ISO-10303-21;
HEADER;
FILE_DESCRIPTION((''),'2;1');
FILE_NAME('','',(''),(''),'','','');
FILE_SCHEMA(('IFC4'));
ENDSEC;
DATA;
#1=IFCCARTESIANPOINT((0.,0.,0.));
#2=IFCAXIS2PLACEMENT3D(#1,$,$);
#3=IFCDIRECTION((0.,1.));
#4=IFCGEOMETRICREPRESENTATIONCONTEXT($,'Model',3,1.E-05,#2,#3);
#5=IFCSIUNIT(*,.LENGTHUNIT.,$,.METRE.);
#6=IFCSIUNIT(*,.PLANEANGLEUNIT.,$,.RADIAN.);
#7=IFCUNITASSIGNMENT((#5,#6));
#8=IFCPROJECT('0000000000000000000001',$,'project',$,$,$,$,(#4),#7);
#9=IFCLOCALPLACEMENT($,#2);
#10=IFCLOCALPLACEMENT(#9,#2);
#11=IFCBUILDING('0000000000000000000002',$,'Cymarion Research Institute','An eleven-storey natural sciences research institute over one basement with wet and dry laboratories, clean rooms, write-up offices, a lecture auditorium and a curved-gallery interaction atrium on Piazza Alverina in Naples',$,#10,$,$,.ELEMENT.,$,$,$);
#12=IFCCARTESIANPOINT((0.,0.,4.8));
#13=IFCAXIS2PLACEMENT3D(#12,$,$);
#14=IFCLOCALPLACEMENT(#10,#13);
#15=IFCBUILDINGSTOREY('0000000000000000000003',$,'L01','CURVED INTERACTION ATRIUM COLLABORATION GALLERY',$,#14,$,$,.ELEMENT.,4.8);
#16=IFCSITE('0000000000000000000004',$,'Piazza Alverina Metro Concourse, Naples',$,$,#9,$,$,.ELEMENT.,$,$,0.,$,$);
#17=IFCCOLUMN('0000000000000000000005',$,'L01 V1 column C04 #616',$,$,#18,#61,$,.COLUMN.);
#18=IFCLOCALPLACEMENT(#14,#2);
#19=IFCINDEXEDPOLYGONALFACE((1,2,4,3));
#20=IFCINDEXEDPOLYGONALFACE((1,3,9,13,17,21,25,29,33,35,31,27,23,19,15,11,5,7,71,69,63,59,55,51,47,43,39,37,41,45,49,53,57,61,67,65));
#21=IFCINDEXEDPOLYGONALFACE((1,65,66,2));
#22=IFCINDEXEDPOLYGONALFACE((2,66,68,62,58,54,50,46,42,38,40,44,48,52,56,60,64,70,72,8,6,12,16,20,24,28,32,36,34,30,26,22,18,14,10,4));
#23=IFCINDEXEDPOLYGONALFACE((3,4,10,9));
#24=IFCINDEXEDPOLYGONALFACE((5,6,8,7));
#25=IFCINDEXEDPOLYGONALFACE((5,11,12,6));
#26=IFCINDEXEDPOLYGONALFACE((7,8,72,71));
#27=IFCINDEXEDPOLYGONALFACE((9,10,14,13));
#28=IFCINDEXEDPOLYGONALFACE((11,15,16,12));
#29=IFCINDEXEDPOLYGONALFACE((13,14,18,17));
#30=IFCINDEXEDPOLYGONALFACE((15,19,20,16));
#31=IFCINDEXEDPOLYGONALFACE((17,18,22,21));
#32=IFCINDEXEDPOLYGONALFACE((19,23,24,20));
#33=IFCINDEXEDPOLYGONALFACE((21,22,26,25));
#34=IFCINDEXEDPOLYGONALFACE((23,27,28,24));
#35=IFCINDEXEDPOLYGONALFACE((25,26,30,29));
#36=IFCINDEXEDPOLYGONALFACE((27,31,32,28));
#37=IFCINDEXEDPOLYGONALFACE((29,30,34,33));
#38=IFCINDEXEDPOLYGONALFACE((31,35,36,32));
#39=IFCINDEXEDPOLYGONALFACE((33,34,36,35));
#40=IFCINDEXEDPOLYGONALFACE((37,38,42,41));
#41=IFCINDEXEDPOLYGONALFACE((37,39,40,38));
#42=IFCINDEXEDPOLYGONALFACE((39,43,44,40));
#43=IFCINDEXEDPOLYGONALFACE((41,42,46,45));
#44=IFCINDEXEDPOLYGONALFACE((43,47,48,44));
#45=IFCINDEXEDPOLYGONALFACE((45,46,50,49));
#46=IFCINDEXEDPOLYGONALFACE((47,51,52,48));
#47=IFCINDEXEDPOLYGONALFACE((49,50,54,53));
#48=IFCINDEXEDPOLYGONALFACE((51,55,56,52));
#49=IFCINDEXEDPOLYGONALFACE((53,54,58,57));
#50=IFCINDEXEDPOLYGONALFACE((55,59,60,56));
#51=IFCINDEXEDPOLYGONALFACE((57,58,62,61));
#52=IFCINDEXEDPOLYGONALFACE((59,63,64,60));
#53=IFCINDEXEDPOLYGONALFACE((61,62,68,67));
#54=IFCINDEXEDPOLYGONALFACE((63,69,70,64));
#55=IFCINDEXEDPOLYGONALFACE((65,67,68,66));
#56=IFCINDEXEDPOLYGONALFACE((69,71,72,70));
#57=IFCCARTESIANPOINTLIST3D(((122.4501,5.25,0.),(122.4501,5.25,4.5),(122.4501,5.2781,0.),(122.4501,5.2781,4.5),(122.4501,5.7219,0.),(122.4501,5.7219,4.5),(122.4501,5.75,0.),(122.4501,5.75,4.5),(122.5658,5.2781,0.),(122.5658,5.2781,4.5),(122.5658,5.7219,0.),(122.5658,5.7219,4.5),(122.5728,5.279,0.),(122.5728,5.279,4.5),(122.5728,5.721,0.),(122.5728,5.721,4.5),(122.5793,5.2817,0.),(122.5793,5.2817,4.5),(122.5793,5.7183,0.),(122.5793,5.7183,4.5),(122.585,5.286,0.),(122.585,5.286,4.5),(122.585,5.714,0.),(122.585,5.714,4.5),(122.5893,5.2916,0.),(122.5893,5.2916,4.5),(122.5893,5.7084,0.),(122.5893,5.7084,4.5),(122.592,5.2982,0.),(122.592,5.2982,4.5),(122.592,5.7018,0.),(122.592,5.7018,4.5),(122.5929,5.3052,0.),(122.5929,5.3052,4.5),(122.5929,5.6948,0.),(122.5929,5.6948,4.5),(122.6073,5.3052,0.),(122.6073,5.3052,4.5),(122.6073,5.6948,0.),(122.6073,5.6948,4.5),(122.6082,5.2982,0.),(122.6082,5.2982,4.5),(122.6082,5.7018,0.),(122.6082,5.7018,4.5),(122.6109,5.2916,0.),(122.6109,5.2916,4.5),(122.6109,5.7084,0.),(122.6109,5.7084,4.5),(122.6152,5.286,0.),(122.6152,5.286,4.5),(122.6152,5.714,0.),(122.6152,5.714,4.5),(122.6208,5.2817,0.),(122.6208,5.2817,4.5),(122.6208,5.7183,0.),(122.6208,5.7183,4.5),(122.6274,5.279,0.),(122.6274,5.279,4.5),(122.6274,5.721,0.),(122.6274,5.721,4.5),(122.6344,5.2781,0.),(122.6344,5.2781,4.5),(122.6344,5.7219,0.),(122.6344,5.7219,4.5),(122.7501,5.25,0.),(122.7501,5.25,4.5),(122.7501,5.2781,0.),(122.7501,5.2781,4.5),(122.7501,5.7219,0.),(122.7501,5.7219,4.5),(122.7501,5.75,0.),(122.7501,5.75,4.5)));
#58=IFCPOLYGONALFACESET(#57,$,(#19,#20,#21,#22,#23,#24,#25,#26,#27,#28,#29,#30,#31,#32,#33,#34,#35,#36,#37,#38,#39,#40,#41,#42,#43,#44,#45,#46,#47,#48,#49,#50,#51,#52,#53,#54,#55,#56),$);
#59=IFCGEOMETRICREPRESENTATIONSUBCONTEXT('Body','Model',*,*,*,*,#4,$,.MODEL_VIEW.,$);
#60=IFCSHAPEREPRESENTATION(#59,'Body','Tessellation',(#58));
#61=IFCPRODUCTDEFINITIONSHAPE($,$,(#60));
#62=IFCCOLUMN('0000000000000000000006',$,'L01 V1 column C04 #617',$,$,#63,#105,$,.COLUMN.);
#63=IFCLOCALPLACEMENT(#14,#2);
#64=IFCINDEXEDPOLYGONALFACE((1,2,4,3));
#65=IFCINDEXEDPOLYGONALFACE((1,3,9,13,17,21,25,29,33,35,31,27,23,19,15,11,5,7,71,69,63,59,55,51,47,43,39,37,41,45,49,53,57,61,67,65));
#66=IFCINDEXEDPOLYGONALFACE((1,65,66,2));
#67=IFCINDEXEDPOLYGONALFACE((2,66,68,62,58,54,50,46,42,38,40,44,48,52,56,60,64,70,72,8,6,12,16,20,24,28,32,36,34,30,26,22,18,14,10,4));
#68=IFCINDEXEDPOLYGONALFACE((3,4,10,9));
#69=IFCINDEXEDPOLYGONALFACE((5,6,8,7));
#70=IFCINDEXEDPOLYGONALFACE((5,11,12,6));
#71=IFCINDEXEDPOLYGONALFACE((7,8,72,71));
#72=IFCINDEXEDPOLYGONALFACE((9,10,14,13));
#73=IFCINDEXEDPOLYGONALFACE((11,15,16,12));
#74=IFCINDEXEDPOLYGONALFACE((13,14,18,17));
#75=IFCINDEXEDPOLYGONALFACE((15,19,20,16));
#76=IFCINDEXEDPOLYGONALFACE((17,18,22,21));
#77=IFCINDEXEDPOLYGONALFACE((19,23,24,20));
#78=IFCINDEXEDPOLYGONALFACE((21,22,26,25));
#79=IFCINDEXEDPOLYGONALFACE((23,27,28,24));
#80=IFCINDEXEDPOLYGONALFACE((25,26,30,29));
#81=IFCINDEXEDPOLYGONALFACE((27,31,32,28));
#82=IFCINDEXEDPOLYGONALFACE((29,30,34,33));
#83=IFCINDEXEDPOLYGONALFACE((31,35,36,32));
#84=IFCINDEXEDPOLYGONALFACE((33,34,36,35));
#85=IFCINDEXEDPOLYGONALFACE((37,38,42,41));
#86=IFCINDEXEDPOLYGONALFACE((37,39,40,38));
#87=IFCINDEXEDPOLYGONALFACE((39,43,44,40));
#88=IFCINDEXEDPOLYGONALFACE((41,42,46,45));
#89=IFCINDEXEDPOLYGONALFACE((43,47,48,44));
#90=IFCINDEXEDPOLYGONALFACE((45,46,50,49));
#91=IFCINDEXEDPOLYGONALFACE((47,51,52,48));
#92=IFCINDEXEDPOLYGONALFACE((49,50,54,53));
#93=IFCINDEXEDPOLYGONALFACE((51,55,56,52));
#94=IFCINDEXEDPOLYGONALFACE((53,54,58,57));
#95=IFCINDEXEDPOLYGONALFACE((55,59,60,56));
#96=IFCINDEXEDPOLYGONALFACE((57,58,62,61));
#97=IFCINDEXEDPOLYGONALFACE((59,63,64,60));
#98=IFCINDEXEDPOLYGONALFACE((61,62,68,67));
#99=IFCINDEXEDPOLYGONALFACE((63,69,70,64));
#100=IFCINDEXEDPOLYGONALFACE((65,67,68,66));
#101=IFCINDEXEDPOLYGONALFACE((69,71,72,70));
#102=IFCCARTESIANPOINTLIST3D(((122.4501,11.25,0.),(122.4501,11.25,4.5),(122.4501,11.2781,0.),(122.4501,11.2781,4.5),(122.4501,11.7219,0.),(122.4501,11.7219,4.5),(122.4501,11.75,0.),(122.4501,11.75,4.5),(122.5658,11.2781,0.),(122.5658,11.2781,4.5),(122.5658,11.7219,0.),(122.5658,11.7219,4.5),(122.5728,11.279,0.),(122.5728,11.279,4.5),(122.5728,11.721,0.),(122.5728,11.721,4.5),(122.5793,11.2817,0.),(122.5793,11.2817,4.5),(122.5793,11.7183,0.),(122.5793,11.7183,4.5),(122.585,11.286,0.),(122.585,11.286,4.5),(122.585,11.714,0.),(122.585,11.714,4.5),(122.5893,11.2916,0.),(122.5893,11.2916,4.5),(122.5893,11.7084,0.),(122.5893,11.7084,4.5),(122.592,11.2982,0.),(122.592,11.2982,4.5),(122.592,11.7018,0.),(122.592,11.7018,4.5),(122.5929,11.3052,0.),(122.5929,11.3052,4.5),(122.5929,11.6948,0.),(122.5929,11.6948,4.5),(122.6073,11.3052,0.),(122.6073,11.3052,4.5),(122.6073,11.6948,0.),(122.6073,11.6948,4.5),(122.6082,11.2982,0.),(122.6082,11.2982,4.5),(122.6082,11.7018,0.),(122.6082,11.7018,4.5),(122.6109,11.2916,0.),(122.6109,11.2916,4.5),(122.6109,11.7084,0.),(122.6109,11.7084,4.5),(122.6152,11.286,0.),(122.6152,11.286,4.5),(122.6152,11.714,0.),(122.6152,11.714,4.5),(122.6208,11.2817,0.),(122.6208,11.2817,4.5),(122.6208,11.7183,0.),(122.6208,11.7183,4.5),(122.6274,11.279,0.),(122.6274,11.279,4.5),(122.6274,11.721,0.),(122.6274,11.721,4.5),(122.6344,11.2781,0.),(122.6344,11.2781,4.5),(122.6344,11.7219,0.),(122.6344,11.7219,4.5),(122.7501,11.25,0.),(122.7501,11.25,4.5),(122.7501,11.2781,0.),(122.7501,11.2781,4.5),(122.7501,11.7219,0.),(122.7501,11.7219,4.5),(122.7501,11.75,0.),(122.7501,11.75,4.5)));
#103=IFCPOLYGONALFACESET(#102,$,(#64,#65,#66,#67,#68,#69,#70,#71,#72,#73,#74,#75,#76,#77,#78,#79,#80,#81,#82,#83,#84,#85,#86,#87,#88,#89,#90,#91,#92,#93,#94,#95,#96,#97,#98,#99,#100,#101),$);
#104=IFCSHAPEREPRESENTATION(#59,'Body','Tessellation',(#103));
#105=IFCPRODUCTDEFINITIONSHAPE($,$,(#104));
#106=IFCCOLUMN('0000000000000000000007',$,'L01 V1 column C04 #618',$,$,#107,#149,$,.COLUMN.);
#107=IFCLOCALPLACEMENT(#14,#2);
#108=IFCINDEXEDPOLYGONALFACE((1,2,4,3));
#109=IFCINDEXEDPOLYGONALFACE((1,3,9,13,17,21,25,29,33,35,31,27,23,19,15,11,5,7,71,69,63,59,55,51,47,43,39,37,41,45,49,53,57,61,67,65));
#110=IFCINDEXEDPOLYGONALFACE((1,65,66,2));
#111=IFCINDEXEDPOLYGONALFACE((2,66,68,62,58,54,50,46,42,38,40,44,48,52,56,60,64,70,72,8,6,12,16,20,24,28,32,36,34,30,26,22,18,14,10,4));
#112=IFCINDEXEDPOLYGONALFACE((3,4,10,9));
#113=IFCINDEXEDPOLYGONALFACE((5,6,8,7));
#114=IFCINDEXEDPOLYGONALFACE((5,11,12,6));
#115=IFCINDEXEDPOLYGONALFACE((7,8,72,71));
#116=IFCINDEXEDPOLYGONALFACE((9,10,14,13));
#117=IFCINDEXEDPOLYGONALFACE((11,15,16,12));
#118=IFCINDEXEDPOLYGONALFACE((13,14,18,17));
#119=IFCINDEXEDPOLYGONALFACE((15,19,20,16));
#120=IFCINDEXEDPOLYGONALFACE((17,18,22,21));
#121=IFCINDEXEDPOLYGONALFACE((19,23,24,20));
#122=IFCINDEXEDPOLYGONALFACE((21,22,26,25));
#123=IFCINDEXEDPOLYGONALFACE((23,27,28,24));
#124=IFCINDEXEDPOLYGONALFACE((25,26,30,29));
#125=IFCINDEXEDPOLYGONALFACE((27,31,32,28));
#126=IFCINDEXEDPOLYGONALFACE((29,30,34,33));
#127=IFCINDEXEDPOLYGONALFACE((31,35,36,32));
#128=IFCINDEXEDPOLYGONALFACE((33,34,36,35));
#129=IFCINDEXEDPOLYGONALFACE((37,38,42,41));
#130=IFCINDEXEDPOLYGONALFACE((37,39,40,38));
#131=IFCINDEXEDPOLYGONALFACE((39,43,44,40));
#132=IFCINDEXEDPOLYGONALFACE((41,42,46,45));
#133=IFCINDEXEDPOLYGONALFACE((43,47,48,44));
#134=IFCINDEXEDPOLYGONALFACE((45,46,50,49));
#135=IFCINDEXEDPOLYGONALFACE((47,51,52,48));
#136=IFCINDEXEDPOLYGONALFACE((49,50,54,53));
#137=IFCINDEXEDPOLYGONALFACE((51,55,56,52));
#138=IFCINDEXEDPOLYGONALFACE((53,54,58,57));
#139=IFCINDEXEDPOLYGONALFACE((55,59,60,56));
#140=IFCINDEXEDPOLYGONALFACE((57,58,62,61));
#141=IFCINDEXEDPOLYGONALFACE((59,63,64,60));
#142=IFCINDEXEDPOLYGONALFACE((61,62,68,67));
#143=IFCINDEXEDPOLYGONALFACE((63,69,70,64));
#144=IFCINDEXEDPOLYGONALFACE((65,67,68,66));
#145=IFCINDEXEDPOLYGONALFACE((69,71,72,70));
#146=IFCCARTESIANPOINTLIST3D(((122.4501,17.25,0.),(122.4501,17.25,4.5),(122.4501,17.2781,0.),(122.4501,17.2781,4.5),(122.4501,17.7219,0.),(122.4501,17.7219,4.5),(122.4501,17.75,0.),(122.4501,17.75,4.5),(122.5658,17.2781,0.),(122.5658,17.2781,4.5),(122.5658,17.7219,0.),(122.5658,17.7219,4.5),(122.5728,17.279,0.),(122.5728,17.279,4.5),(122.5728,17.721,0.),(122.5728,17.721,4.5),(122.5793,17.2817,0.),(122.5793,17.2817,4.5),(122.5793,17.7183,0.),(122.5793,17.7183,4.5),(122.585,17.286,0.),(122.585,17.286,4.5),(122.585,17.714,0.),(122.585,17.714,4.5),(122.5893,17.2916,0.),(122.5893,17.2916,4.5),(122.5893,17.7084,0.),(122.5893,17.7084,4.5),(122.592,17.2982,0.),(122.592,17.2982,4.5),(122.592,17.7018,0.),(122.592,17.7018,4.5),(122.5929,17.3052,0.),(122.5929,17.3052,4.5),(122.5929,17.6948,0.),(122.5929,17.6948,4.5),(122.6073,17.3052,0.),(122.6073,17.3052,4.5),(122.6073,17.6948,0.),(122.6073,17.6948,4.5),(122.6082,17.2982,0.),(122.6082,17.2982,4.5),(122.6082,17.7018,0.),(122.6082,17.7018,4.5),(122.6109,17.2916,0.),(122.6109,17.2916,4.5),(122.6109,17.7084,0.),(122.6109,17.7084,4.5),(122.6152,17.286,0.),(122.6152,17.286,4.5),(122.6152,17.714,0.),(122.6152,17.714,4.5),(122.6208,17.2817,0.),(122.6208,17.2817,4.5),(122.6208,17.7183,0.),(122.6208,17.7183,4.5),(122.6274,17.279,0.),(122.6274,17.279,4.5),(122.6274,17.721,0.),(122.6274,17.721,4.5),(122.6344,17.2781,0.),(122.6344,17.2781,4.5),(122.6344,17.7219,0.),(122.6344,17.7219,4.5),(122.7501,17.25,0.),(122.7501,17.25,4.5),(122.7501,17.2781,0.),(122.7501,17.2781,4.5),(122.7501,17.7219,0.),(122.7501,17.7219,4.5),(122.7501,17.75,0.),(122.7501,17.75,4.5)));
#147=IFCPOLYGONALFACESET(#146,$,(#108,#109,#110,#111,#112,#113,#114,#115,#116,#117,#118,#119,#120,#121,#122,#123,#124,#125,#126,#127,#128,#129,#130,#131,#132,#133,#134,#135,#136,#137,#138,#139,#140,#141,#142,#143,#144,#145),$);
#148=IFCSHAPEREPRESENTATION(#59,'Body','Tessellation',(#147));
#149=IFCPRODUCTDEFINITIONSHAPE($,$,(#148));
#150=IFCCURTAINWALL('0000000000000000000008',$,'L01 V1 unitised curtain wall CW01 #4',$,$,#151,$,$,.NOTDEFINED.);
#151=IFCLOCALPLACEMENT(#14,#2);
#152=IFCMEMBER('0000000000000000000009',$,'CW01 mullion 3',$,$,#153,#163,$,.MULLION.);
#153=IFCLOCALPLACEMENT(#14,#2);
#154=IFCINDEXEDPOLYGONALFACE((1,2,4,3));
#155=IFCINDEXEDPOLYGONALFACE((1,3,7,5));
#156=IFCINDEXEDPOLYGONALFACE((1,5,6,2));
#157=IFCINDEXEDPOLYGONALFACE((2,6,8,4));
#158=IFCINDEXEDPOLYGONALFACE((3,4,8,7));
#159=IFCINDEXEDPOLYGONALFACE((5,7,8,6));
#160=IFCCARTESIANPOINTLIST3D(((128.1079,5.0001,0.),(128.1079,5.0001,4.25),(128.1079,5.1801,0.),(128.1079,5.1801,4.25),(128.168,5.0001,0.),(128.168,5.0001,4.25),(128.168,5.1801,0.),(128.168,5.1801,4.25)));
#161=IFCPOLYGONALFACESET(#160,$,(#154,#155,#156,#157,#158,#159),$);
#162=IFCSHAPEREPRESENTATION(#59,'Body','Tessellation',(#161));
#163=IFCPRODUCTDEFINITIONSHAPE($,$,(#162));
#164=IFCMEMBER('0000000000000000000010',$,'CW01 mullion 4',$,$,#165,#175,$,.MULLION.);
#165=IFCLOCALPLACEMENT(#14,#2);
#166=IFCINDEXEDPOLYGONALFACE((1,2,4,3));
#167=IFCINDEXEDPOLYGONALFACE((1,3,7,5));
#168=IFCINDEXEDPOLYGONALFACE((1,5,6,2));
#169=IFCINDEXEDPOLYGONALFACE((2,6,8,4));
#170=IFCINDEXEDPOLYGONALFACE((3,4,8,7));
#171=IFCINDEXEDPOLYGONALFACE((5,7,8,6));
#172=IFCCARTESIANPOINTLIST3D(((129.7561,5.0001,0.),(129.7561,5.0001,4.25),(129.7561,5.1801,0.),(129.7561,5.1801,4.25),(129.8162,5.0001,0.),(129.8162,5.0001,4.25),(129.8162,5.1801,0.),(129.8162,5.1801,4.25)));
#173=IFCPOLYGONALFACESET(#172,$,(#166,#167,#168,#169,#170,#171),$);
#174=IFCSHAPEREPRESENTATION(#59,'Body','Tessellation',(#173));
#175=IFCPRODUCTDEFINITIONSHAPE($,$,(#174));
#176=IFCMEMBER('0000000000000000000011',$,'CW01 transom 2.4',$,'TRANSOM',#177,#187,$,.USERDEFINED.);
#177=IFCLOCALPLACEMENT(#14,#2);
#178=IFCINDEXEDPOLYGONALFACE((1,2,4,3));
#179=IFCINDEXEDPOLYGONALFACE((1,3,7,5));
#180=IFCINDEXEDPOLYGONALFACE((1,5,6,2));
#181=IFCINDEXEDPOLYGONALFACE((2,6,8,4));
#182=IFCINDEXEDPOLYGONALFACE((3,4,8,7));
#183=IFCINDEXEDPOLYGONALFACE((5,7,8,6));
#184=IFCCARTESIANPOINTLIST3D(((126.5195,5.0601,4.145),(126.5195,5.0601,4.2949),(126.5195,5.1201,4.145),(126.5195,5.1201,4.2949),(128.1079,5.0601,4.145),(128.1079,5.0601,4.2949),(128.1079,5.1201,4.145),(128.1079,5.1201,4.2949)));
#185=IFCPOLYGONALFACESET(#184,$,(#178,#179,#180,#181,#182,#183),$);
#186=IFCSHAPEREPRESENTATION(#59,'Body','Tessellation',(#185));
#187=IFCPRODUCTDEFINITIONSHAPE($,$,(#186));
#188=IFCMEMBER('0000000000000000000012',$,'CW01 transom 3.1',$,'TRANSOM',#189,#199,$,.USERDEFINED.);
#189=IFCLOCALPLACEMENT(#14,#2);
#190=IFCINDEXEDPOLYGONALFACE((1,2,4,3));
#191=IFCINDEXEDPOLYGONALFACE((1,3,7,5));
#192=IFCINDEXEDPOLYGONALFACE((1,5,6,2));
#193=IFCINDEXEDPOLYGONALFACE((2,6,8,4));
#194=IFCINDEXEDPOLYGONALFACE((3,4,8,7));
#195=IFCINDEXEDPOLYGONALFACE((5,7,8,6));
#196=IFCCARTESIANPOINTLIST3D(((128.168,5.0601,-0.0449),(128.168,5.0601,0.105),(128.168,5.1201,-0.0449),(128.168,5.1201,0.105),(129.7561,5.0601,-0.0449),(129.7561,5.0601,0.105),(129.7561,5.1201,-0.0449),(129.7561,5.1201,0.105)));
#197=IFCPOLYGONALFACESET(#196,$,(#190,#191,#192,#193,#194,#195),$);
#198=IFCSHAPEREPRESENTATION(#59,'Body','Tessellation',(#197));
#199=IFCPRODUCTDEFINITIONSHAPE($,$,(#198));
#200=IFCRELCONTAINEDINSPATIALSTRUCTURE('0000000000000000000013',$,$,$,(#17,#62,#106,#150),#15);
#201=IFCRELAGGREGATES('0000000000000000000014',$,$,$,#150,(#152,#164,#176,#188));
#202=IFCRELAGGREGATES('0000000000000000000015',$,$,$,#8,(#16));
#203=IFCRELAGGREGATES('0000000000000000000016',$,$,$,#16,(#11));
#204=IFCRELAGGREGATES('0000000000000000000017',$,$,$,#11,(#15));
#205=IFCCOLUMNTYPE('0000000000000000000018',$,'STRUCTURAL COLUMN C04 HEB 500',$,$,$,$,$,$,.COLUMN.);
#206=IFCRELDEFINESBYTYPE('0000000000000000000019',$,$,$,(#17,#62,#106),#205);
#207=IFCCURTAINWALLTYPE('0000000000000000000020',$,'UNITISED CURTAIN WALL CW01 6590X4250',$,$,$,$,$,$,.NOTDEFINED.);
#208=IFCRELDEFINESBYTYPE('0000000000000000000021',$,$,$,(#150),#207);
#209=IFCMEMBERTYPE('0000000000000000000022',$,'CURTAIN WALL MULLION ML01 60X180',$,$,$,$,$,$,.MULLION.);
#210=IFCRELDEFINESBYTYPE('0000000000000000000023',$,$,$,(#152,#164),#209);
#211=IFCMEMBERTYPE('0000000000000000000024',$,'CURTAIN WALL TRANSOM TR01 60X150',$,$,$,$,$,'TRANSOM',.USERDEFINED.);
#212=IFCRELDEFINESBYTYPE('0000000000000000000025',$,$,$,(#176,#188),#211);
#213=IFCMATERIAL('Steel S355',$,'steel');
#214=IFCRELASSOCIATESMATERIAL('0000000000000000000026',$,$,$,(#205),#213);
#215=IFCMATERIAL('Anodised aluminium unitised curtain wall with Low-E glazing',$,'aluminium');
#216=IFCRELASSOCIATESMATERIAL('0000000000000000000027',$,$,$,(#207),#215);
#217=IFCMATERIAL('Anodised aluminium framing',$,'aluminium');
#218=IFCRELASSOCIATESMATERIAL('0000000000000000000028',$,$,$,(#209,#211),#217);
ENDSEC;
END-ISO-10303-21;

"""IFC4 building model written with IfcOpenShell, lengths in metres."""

from ifc_helpers import new_model, si_unit, direction, frame, origin, origin_2d, place, context, subcontext, project, spatial, rectangle, i_section, extrude, material, material_profile, profile_set, type_object, element, aggregate, save


model = new_model("IFC4")

# Units and contexts
model_context = context("Model", 3, precision=1e-05, world=origin(), true_north=direction((0.0, 1.0)))
body_context = subcontext(model_context, "Body", "Model", "MODEL_VIEW")
ifc_project = project(units=[si_unit("LENGTHUNIT", "METRE"), si_unit("PLANEANGLEUNIT", "RADIAN")], contexts=[model_context])

# Site, building, storey
site_placement = place(None, origin())
site = spatial("IfcSite", under=ifc_project, at=site_placement, Name="Piazza Alverina Metro Concourse, Naples", CompositionType="ELEMENT", RefElevation=0.0)
building_placement = place(site_placement, origin())
building = spatial("IfcBuilding", under=site, at=building_placement, Name="Cymarion Research Institute", Description="An eleven-storey natural sciences research institute over one basement with wet and dry laboratories, clean rooms, write-up offices, a lecture auditorium and a curved-gallery interaction atrium on Piazza Alverina in Naples", CompositionType="ELEMENT")
storey_placement = place(building_placement, frame((0.0, 0.0, 4.8)))
storey = spatial("IfcBuildingStorey", under=building, at=storey_placement, Name="L01", Description="CURVED INTERACTION ATRIUM COLLABORATION GALLERY", CompositionType="ELEMENT", Elevation=4.8)

# Columns
ifc_material_1 = material(Name="Steel S355", Category="steel")
ifc_material_profile_1 = material_profile(ifc_material_1, i_section(OverallWidth=0.3, OverallDepth=0.5, WebThickness=0.0144, FlangeThickness=0.0281, FilletRadius=0.0271, at=origin_2d()), Name="HEB 500")
ifc_profile_set_1 = profile_set([ifc_material_profile_1], Name="Steel S355")
column_type = type_object("IfcColumnType", Name="STRUCTURAL COLUMN C04 HEB 500", PredefinedType="COLUMN", material=ifc_profile_set_1)
for number, where, z_axis, x_axis, name in (
    (1, (122.6001, 5.5, 0.0), (0.0, 0.0, 1.0), (1.0, 0.0, 0.0), "L01 V1 column C04 #616"),
    (2, (122.6001, 11.5, 0.0), (0.0, 0.0, 1.0), (1.0, 0.0, 0.0), "L01 V1 column C04 #617"),
    (3, (122.6001, 17.5, 0.0), (0.0, 0.0, 1.0), (1.0, 0.0, 0.0), "L01 V1 column C04 #618"),
):
    element("IfcColumn", number, at=place(storey_placement, frame(where, z_axis=z_axis, x_axis=x_axis)), inside=storey, type_object=column_type, Name=name, PredefinedType="COLUMN", context=body_context, shape_type="SweptSolid", body=[
        extrude(i_section(OverallWidth=0.3, OverallDepth=0.5, WebThickness=0.0144, FlangeThickness=0.0281, FilletRadius=0.0271, at=origin_2d()), origin(), (0.0, 0.0, 1.0), 4.5),
    ])

# Curtain wall, members
ifc_material_2 = material(Name="Anodised aluminium unitised curtain wall with Low-E glazing", Category="aluminium")
curtain_wall_type = type_object("IfcCurtainWallType", Name="UNITISED CURTAIN WALL CW01 6590X4250", PredefinedType="NOTDEFINED", material=ifc_material_2)
curtain_wall_placement = place(storey_placement, origin())
curtain_wall = element("IfcCurtainWall", 4, at=curtain_wall_placement, inside=storey, type_object=curtain_wall_type, Name="L01 V1 unitised curtain wall CW01 #4", PredefinedType="NOTDEFINED")
ifc_material_3 = material(Name="Anodised aluminium framing", Category="aluminium")
ifc_material_profile_2 = material_profile(ifc_material_3, rectangle(XDim=0.0601, YDim=0.1799, at=origin_2d()), Name="ALU MULLION 60x180")
ifc_profile_set_2 = profile_set([ifc_material_profile_2], Name="Anodised aluminium framing")
member_type_1 = type_object("IfcMemberType", Name="CURTAIN WALL MULLION ML01 60X180", PredefinedType="MULLION", material=ifc_profile_set_2)
member_1_placement = place(storey_placement, frame((128.1379, 5.0901, 0.0), z_axis=(0.0, 0.0, 1.0), x_axis=(1.0, 0.0, 0.0)))
member_1 = element("IfcMember", 5, at=member_1_placement, type_object=member_type_1, Name="CW01 mullion 3", PredefinedType="MULLION", context=body_context, shape_type="SweptSolid", body=[
    extrude(rectangle(XDim=0.0601, YDim=0.1799, at=origin_2d()), origin(), (0.0, 0.0, 1.0), 4.25),
])
member_2_placement = place(storey_placement, frame((129.7861, 5.0901, 0.0), z_axis=(0.0, 0.0, 1.0), x_axis=(1.0, 0.0, 0.0)))
member_2 = element("IfcMember", 6, at=member_2_placement, type_object=member_type_1, Name="CW01 mullion 4", PredefinedType="MULLION", context=body_context, shape_type="SweptSolid", body=[
    extrude(rectangle(XDim=0.0601, YDim=0.1799, at=origin_2d()), origin(), (0.0, 0.0, 1.0), 4.25),
])
ifc_material_profile_3 = material_profile(ifc_material_3, rectangle(XDim=0.0601, YDim=0.1499, at=origin_2d()), Name="ALU TRANSOM 60x150")
ifc_profile_set_3 = profile_set([ifc_material_profile_3], Name="Anodised aluminium framing")
member_type_2 = type_object("IfcMemberType", Name="CURTAIN WALL TRANSOM TR01 60X150", ElementType="TRANSOM", PredefinedType="USERDEFINED", material=ifc_profile_set_3)
member_3_placement = place(storey_placement, frame((126.5195, 5.0901, 4.22), z_axis=(1.0, 0.0, 0.0), x_axis=(0.0, 1.0, 0.0)))
member_3 = element("IfcMember", 7, at=member_3_placement, type_object=member_type_2, Name="CW01 transom 2.4", ObjectType="TRANSOM", PredefinedType="USERDEFINED", context=body_context, shape_type="SweptSolid", body=[
    extrude(rectangle(XDim=0.0601, YDim=0.1499, at=origin_2d()), origin(), (0.0, 0.0, 1.0), 1.5884),
])
member_4_placement = place(storey_placement, frame((128.168, 5.0901, 0.03), z_axis=(1.0, 0.0, 0.0), x_axis=(0.0, 1.0, 0.0)))
member_4 = element("IfcMember", 8, at=member_4_placement, type_object=member_type_2, Name="CW01 transom 3.1", ObjectType="TRANSOM", PredefinedType="USERDEFINED", context=body_context, shape_type="SweptSolid", body=[
    extrude(rectangle(XDim=0.0601, YDim=0.1499, at=origin_2d()), origin(), (0.0, 0.0, 1.0), 1.5881),
])

aggregate(curtain_wall, [member_1, member_2, member_3, member_4])

save(model, "model.ifc")
